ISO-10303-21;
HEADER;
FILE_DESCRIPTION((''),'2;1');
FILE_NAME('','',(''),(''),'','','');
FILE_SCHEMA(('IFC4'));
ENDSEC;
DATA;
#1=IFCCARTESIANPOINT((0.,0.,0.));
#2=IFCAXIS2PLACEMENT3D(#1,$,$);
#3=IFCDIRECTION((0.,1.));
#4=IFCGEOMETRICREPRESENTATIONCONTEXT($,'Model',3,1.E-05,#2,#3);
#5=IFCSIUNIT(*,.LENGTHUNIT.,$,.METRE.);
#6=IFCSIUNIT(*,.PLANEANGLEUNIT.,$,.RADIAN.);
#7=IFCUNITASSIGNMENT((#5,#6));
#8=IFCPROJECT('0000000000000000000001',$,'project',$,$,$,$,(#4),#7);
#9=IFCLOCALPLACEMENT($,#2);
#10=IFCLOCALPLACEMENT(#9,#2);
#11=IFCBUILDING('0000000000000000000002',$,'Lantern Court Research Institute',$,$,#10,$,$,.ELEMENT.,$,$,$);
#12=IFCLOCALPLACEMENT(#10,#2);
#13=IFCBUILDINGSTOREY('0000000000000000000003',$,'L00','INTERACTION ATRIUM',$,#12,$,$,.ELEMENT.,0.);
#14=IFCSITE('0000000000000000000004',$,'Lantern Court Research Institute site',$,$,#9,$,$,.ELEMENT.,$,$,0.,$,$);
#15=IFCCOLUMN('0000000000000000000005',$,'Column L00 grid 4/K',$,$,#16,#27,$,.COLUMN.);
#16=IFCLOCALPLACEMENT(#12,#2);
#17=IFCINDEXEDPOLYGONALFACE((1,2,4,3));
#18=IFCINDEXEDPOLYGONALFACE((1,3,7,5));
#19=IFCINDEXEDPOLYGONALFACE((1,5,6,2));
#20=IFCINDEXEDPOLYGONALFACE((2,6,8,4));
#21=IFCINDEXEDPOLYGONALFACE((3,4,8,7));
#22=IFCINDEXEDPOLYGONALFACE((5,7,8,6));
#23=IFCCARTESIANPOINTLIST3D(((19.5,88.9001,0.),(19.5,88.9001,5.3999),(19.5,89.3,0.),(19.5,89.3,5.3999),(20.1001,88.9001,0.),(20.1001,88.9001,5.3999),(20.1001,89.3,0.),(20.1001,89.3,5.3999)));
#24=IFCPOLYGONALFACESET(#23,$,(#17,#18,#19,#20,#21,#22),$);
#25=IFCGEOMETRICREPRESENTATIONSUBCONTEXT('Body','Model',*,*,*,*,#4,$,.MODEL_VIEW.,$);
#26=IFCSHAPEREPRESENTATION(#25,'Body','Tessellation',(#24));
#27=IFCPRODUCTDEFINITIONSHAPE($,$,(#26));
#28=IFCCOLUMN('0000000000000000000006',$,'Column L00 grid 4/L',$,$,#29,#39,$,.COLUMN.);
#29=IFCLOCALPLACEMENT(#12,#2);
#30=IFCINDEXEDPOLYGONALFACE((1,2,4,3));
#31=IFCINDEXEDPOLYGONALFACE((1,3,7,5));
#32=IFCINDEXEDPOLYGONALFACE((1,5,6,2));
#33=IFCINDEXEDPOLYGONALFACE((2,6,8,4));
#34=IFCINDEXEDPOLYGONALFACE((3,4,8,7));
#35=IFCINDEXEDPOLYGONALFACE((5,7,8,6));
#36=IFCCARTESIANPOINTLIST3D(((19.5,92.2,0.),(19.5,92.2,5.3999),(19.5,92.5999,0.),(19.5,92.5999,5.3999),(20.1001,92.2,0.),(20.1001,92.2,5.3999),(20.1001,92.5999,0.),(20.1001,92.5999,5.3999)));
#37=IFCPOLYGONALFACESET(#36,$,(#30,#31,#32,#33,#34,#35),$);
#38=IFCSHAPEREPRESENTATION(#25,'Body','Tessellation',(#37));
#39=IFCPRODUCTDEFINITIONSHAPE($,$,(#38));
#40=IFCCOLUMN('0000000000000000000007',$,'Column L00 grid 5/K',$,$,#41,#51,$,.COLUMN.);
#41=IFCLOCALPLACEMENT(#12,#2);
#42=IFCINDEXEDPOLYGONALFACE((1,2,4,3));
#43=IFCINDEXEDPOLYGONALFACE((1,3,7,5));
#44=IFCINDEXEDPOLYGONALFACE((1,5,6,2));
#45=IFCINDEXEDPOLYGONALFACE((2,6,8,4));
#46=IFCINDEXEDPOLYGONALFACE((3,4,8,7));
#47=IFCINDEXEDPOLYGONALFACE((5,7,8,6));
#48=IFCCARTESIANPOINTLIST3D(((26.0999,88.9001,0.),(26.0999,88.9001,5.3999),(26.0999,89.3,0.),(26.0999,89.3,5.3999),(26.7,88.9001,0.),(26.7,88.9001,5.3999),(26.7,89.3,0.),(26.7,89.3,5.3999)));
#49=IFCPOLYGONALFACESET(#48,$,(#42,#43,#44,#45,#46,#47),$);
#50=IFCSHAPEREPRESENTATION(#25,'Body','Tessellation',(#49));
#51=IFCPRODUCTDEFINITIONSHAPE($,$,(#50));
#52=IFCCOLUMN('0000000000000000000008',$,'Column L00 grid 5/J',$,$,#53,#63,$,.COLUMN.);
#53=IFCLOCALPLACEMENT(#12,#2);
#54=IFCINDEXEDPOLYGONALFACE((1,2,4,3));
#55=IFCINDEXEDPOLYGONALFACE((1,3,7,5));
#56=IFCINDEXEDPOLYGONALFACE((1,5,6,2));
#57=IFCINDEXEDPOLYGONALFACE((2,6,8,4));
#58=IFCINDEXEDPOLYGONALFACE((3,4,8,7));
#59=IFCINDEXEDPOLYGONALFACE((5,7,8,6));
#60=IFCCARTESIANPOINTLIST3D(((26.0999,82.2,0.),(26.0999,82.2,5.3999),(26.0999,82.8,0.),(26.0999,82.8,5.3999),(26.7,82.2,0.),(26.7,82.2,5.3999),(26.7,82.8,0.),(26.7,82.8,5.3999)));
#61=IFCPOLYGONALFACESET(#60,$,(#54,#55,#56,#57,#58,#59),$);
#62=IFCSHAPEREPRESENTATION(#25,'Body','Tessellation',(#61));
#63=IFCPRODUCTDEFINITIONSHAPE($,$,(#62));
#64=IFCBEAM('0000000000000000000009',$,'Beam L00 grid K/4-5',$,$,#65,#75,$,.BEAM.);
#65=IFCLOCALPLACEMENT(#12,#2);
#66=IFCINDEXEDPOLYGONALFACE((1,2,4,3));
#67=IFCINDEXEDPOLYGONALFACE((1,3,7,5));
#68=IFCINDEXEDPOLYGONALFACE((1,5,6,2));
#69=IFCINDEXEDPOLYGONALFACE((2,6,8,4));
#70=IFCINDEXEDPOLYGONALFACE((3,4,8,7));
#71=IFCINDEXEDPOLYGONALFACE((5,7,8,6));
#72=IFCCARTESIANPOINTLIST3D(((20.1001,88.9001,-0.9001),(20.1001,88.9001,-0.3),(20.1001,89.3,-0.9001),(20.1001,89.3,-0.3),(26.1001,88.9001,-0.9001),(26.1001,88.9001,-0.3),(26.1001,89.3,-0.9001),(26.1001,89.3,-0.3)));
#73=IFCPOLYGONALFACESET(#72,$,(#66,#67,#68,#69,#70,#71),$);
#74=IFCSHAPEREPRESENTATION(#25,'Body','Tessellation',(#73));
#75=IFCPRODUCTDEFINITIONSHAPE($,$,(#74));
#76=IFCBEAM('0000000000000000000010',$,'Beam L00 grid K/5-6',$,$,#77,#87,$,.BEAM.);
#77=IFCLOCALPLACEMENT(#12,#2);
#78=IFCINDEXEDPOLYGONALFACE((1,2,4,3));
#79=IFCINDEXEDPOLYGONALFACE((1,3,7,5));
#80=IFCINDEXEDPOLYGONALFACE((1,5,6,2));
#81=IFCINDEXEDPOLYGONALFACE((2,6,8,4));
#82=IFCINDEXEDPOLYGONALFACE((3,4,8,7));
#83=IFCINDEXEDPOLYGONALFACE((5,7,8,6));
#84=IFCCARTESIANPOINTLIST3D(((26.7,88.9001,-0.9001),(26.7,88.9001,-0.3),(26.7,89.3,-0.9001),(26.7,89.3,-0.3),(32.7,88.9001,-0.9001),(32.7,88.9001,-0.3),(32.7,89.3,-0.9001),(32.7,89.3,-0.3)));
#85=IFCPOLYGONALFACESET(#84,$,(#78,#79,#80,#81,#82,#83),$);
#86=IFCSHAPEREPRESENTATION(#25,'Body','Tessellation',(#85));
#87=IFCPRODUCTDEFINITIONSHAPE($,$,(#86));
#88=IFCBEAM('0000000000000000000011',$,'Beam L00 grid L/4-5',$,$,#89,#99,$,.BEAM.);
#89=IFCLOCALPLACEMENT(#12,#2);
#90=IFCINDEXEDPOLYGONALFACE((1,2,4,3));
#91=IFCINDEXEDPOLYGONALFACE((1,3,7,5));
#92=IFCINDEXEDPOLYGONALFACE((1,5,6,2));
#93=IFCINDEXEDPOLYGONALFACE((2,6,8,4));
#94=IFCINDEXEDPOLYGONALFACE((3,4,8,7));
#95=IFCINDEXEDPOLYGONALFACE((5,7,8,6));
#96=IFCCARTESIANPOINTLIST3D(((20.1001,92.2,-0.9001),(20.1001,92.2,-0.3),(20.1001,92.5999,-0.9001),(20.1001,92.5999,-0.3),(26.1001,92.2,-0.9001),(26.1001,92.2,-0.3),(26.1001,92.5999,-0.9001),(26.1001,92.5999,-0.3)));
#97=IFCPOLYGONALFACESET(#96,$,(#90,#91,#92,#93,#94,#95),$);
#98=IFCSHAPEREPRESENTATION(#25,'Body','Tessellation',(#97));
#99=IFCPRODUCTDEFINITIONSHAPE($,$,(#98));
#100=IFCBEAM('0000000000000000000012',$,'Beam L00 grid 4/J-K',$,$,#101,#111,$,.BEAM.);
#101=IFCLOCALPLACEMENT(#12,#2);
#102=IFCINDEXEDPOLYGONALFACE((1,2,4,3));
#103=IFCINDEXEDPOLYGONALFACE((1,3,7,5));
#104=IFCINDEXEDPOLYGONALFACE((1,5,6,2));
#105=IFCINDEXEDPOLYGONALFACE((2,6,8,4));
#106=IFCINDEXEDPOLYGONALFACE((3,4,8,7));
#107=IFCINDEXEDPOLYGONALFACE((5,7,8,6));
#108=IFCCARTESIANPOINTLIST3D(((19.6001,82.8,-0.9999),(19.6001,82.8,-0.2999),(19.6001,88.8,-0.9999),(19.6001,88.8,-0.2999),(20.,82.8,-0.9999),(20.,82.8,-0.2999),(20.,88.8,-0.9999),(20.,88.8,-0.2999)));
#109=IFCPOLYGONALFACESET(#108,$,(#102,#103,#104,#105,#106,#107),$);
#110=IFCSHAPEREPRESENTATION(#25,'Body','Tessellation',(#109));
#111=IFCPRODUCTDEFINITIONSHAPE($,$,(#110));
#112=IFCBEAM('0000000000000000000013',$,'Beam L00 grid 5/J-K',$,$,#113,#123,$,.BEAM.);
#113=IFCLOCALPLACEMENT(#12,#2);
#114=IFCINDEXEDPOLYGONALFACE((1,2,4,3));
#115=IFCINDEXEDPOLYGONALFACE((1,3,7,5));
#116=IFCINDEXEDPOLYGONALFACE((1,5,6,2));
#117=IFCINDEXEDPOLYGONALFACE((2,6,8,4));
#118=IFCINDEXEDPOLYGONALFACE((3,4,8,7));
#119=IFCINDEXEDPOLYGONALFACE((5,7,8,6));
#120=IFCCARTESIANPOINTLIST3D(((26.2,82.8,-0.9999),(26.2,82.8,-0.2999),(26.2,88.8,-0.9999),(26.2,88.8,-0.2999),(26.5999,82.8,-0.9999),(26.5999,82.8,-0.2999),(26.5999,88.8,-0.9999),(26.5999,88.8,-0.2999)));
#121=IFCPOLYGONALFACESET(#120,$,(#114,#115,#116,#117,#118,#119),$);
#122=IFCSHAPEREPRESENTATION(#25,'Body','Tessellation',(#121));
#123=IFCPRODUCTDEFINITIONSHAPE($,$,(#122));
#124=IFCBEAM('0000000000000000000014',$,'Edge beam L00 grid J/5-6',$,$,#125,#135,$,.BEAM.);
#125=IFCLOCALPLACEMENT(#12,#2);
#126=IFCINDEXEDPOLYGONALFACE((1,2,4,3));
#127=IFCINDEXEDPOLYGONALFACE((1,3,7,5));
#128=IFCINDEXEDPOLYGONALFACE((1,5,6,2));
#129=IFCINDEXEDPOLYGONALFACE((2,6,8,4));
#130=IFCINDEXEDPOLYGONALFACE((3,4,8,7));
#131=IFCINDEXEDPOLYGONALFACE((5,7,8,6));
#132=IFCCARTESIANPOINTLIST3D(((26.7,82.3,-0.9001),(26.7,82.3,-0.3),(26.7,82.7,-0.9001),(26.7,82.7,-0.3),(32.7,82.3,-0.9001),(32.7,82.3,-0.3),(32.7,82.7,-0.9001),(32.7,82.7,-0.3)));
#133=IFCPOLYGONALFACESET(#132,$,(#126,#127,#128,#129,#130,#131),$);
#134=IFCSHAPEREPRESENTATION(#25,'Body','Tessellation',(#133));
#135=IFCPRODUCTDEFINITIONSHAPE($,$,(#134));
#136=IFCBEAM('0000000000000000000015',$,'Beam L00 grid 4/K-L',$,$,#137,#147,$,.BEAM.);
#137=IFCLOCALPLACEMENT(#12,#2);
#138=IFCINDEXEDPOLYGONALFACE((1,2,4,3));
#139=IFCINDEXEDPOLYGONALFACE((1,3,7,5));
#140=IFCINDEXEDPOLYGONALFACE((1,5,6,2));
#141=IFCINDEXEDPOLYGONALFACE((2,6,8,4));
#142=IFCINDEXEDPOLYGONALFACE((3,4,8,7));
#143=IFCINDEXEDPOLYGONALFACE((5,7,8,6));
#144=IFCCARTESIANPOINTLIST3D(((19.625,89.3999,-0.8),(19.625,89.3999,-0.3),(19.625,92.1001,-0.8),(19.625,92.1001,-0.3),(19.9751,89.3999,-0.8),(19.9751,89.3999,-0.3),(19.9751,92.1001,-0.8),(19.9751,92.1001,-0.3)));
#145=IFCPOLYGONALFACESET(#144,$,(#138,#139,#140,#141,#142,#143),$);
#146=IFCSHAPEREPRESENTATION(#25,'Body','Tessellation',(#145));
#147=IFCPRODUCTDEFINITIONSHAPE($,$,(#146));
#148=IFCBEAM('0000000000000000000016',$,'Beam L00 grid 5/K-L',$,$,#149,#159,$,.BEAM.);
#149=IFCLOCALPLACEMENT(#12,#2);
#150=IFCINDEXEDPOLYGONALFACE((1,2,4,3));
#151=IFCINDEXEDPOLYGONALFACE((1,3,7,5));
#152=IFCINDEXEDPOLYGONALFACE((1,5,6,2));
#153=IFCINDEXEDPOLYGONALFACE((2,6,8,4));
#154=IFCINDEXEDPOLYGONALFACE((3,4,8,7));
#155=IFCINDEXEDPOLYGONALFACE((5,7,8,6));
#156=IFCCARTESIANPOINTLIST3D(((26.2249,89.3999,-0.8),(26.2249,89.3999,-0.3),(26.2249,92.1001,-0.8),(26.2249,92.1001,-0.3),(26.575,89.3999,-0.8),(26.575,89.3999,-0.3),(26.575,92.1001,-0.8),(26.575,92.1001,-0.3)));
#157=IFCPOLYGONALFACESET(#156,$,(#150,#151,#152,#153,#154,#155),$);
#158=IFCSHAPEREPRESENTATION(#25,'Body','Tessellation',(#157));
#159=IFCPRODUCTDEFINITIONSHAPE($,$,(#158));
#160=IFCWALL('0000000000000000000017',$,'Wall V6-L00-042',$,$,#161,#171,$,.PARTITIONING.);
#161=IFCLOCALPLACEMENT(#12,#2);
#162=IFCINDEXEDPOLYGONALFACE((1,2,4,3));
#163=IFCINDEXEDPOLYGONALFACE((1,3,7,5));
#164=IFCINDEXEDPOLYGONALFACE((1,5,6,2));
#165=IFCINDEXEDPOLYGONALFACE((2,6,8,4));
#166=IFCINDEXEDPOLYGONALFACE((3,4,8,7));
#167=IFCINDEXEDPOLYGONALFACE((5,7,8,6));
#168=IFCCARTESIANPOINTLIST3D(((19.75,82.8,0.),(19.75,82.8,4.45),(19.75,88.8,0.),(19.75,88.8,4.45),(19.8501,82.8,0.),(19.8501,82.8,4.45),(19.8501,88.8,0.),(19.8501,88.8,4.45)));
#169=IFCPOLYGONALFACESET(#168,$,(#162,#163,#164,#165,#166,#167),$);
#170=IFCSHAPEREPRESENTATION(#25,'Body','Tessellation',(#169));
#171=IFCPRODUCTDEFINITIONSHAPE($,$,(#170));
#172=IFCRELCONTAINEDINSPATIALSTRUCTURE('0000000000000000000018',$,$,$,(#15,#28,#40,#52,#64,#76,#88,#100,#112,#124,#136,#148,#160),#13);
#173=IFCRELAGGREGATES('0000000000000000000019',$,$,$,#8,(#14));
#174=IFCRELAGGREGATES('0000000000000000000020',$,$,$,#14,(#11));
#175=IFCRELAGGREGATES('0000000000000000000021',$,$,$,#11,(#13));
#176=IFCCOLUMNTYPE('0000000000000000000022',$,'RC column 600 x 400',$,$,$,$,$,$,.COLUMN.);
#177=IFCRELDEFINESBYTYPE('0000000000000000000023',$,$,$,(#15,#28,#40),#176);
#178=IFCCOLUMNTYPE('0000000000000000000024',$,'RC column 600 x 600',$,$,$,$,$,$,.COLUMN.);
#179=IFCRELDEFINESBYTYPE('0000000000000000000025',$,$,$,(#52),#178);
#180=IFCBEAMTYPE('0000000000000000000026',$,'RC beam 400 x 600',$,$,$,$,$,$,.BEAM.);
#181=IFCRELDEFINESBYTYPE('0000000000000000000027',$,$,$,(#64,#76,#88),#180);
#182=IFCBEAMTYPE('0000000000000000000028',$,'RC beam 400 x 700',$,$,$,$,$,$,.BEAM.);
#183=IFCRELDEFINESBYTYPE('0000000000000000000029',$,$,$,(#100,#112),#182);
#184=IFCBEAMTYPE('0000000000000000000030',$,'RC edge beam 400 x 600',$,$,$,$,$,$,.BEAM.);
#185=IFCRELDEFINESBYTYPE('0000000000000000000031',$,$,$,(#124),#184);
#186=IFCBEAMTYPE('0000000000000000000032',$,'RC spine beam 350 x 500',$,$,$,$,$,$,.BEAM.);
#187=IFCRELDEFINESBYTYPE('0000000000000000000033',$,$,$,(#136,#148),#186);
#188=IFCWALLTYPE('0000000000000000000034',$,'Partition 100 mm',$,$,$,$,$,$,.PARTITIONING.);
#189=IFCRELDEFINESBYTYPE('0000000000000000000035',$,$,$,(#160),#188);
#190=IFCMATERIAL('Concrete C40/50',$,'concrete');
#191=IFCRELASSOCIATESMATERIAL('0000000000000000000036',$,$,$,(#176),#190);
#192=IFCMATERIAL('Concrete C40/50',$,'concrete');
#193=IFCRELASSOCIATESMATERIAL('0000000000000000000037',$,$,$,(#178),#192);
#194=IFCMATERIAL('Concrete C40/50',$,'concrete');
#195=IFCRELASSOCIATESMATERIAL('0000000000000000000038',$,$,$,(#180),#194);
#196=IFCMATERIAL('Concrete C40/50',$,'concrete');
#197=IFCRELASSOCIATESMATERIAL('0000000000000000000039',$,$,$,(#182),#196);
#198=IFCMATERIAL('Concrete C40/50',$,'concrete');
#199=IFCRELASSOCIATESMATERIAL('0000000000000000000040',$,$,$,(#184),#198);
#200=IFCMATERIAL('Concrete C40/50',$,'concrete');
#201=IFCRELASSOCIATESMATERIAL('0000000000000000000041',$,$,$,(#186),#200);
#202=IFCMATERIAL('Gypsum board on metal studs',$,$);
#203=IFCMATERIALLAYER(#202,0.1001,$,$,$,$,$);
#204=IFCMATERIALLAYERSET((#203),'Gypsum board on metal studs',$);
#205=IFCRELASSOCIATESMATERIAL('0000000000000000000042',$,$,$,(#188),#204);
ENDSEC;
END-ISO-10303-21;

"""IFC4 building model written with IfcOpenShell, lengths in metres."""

from ifc_helpers import new_model, si_unit, direction, frame, frame_2d, origin, origin_2d, place, context, subcontext, project, spatial, rectangle, extrude, material, layer, layer_set, material_profile, profile_set, type_object, element, save


model = new_model("IFC4")

# Units and contexts
model_context = context("Model", 3, precision=1e-05, world=origin(), true_north=direction((0.0, 1.0)))
body_context = subcontext(model_context, "Body", "Model", "MODEL_VIEW")
ifc_project = project(units=[si_unit("LENGTHUNIT", "METRE"), si_unit("PLANEANGLEUNIT", "RADIAN")], contexts=[model_context])

# Site, building, storey
site_placement = place(None, origin())
site = spatial("IfcSite", under=ifc_project, at=site_placement, Name="Lantern Court Research Institute site", CompositionType="ELEMENT", RefElevation=0.0)
building_placement = place(site_placement, origin())
building = spatial("IfcBuilding", under=site, at=building_placement, Name="Lantern Court Research Institute", CompositionType="ELEMENT")
storey_placement = place(building_placement, origin())
storey = spatial("IfcBuildingStorey", under=building, at=storey_placement, Name="L00", Description="INTERACTION ATRIUM", CompositionType="ELEMENT", Elevation=0.0)

# Columns
ifc_material_1 = material(Name="Concrete C40/50", Category="concrete")
ifc_material_profile_1 = material_profile(ifc_material_1, rectangle(XDim=0.6001, YDim=0.3999, at=origin_2d()), Name="RC column 600 x 400")
ifc_profile_set_1 = profile_set([ifc_material_profile_1], Name="Concrete C40/50")
column_type_1 = type_object("IfcColumnType", Name="RC column 600 x 400", PredefinedType="COLUMN", material=ifc_profile_set_1)
for number, where, z_axis, x_axis, name in (
    (1, (19.8, 89.1001, 0.0), (0.0, 0.0, 1.0), (1.0, 0.0, 0.0), "Column L00 grid 4/K"),
    (2, (19.8, 92.3999, 0.0), (0.0, 0.0, 1.0), (1.0, 0.0, 0.0), "Column L00 grid 4/L"),
    (3, (26.3999, 89.1001, 0.0), (0.0, 0.0, 1.0), (1.0, 0.0, 0.0), "Column L00 grid 5/K"),
):
    element("IfcColumn", number, at=place(storey_placement, frame(where, z_axis=z_axis, x_axis=x_axis)), inside=storey, type_object=column_type_1, Name=name, PredefinedType="COLUMN", context=body_context, shape_type="SweptSolid", body=[
        extrude(rectangle(XDim=0.6001, YDim=0.3999, at=origin_2d()), origin(), (0.0, 0.0, 1.0), 5.3999),
    ])
ifc_material_2 = material(Name="Concrete C40/50", Category="concrete")
ifc_material_profile_2 = material_profile(ifc_material_2, rectangle(XDim=0.6001, YDim=0.6001, at=origin_2d()), Name="RC column 600 x 600")
ifc_profile_set_2 = profile_set([ifc_material_profile_2], Name="Concrete C40/50")
column_type_2 = type_object("IfcColumnType", Name="RC column 600 x 600", PredefinedType="COLUMN", material=ifc_profile_set_2)
column_placement = place(storey_placement, frame((26.3999, 82.5, 0.0), z_axis=(0.0, 0.0, 1.0), x_axis=(1.0, 0.0, 0.0)))
element("IfcColumn", 4, at=column_placement, inside=storey, type_object=column_type_2, Name="Column L00 grid 5/J", PredefinedType="COLUMN", context=body_context, shape_type="SweptSolid", body=[
    extrude(rectangle(XDim=0.6001, YDim=0.6001, at=origin_2d()), origin(), (0.0, 0.0, 1.0), 5.3999),
])

# Beams
ifc_material_3 = material(Name="Concrete C40/50", Category="concrete")
ifc_material_profile_3 = material_profile(ifc_material_3, rectangle(XDim=0.3999, YDim=0.6001, at=origin_2d()), Name="RC beam 400 x 600")
ifc_profile_set_3 = profile_set([ifc_material_profile_3], Name="Concrete C40/50")
beam_type_1 = type_object("IfcBeamType", Name="RC beam 400 x 600", PredefinedType="BEAM", material=ifc_profile_set_3)
for number, where, z_axis, x_axis, name in (
    (5, (20.1001, 89.1001, -0.6001), (1.0, 0.0, 0.0), (0.0, 1.0, 0.0), "Beam L00 grid K/4-5"),
    (6, (26.7, 89.1001, -0.6001), (1.0, 0.0, 0.0), (0.0, 1.0, 0.0), "Beam L00 grid K/5-6"),
    (7, (20.1001, 92.3999, -0.6001), (1.0, 0.0, 0.0), (0.0, 1.0, 0.0), "Beam L00 grid L/4-5"),
):
    element("IfcBeam", number, at=place(storey_placement, frame(where, z_axis=z_axis, x_axis=x_axis)), inside=storey, type_object=beam_type_1, Name=name, PredefinedType="BEAM", context=body_context, shape_type="SweptSolid", body=[
        extrude(rectangle(XDim=0.3999, YDim=0.6001, at=origin_2d()), origin(), (0.0, 0.0, 1.0), 6.0),
    ])
ifc_material_4 = material(Name="Concrete C40/50", Category="concrete")
ifc_material_profile_4 = material_profile(ifc_material_4, rectangle(XDim=0.3999, YDim=0.7, at=origin_2d()), Name="RC beam 400 x 700")
ifc_profile_set_4 = profile_set([ifc_material_profile_4], Name="Concrete C40/50")
beam_type_2 = type_object("IfcBeamType", Name="RC beam 400 x 700", PredefinedType="BEAM", material=ifc_profile_set_4)
for number, where, z_axis, x_axis, name in (
    (8, (19.8, 82.8, -0.6499), (0.0, 1.0, 0.0), (-1.0, 0.0, 0.0), "Beam L00 grid 4/J-K"),
    (9, (26.3999, 82.8, -0.6499), (0.0, 1.0, 0.0), (-1.0, 0.0, 0.0), "Beam L00 grid 5/J-K"),
):
    element("IfcBeam", number, at=place(storey_placement, frame(where, z_axis=z_axis, x_axis=x_axis)), inside=storey, type_object=beam_type_2, Name=name, PredefinedType="BEAM", context=body_context, shape_type="SweptSolid", body=[
        extrude(rectangle(XDim=0.3999, YDim=0.7, at=origin_2d()), origin(), (0.0, 0.0, 1.0), 6.0),
    ])
ifc_material_5 = material(Name="Concrete C40/50", Category="concrete")
ifc_material_profile_5 = material_profile(ifc_material_5, rectangle(XDim=0.3999, YDim=0.6001, at=origin_2d()), Name="RC beam 400 x 600")
ifc_profile_set_5 = profile_set([ifc_material_profile_5], Name="Concrete C40/50")
beam_type_3 = type_object("IfcBeamType", Name="RC edge beam 400 x 600", PredefinedType="BEAM", material=ifc_profile_set_5)
beam_placement = place(storey_placement, frame((26.7, 82.5, -0.6001), z_axis=(1.0, 0.0, 0.0), x_axis=(0.0, 1.0, 0.0)))
element("IfcBeam", 10, at=beam_placement, inside=storey, type_object=beam_type_3, Name="Edge beam L00 grid J/5-6", PredefinedType="BEAM", context=body_context, shape_type="SweptSolid", body=[
    extrude(rectangle(XDim=0.3999, YDim=0.6001, at=origin_2d()), origin(), (0.0, 0.0, 1.0), 6.0),
])
ifc_material_6 = material(Name="Concrete C40/50", Category="concrete")
ifc_material_profile_6 = material_profile(ifc_material_6, rectangle(XDim=0.3501, YDim=0.5, at=origin_2d()), Name="RC beam 350 x 500")
ifc_profile_set_6 = profile_set([ifc_material_profile_6], Name="Concrete C40/50")
beam_type_4 = type_object("IfcBeamType", Name="RC spine beam 350 x 500", PredefinedType="BEAM", material=ifc_profile_set_6)
for number, where, z_axis, x_axis, name in (
    (11, (19.8, 89.3999, -0.55), (0.0, 1.0, 0.0), (-1.0, 0.0, 0.0), "Beam L00 grid 4/K-L"),
    (12, (26.3999, 89.3999, -0.55), (0.0, 1.0, 0.0), (-1.0, 0.0, 0.0), "Beam L00 grid 5/K-L"),
):
    element("IfcBeam", number, at=place(storey_placement, frame(where, z_axis=z_axis, x_axis=x_axis)), inside=storey, type_object=beam_type_4, Name=name, PredefinedType="BEAM", context=body_context, shape_type="SweptSolid", body=[
        extrude(rectangle(XDim=0.3501, YDim=0.5, at=origin_2d()), origin(), (0.0, 0.0, 1.0), 2.7002),
    ])

# Wall
ifc_material_7 = material(Name="Gypsum board on metal studs")
ifc_layer_1 = layer(ifc_material_7, 0.1001)
ifc_layer_set_1 = layer_set([ifc_layer_1], Name="Gypsum board on metal studs")
wall_type_1 = type_object("IfcWallType", Name="Partition 100 mm", PredefinedType="PARTITIONING", material=ifc_layer_set_1)
wall_1_placement = place(storey_placement, frame((19.8, 82.8, 0.0), z_axis=(0.0, 0.0, 1.0), x_axis=(0.0, 1.0, 0.0)))
element("IfcWall", 13, at=wall_1_placement, inside=storey, type_object=wall_type_1, Name="Wall V6-L00-042", PredefinedType="PARTITIONING", context=body_context, shape_type="SweptSolid", body=[
    extrude(rectangle(XDim=6.0, YDim=0.1001, at=frame_2d((3.0, 0.0))), origin(), (0.0, 0.0, 1.0), 4.45),
])

save(model, "model.ifc")
